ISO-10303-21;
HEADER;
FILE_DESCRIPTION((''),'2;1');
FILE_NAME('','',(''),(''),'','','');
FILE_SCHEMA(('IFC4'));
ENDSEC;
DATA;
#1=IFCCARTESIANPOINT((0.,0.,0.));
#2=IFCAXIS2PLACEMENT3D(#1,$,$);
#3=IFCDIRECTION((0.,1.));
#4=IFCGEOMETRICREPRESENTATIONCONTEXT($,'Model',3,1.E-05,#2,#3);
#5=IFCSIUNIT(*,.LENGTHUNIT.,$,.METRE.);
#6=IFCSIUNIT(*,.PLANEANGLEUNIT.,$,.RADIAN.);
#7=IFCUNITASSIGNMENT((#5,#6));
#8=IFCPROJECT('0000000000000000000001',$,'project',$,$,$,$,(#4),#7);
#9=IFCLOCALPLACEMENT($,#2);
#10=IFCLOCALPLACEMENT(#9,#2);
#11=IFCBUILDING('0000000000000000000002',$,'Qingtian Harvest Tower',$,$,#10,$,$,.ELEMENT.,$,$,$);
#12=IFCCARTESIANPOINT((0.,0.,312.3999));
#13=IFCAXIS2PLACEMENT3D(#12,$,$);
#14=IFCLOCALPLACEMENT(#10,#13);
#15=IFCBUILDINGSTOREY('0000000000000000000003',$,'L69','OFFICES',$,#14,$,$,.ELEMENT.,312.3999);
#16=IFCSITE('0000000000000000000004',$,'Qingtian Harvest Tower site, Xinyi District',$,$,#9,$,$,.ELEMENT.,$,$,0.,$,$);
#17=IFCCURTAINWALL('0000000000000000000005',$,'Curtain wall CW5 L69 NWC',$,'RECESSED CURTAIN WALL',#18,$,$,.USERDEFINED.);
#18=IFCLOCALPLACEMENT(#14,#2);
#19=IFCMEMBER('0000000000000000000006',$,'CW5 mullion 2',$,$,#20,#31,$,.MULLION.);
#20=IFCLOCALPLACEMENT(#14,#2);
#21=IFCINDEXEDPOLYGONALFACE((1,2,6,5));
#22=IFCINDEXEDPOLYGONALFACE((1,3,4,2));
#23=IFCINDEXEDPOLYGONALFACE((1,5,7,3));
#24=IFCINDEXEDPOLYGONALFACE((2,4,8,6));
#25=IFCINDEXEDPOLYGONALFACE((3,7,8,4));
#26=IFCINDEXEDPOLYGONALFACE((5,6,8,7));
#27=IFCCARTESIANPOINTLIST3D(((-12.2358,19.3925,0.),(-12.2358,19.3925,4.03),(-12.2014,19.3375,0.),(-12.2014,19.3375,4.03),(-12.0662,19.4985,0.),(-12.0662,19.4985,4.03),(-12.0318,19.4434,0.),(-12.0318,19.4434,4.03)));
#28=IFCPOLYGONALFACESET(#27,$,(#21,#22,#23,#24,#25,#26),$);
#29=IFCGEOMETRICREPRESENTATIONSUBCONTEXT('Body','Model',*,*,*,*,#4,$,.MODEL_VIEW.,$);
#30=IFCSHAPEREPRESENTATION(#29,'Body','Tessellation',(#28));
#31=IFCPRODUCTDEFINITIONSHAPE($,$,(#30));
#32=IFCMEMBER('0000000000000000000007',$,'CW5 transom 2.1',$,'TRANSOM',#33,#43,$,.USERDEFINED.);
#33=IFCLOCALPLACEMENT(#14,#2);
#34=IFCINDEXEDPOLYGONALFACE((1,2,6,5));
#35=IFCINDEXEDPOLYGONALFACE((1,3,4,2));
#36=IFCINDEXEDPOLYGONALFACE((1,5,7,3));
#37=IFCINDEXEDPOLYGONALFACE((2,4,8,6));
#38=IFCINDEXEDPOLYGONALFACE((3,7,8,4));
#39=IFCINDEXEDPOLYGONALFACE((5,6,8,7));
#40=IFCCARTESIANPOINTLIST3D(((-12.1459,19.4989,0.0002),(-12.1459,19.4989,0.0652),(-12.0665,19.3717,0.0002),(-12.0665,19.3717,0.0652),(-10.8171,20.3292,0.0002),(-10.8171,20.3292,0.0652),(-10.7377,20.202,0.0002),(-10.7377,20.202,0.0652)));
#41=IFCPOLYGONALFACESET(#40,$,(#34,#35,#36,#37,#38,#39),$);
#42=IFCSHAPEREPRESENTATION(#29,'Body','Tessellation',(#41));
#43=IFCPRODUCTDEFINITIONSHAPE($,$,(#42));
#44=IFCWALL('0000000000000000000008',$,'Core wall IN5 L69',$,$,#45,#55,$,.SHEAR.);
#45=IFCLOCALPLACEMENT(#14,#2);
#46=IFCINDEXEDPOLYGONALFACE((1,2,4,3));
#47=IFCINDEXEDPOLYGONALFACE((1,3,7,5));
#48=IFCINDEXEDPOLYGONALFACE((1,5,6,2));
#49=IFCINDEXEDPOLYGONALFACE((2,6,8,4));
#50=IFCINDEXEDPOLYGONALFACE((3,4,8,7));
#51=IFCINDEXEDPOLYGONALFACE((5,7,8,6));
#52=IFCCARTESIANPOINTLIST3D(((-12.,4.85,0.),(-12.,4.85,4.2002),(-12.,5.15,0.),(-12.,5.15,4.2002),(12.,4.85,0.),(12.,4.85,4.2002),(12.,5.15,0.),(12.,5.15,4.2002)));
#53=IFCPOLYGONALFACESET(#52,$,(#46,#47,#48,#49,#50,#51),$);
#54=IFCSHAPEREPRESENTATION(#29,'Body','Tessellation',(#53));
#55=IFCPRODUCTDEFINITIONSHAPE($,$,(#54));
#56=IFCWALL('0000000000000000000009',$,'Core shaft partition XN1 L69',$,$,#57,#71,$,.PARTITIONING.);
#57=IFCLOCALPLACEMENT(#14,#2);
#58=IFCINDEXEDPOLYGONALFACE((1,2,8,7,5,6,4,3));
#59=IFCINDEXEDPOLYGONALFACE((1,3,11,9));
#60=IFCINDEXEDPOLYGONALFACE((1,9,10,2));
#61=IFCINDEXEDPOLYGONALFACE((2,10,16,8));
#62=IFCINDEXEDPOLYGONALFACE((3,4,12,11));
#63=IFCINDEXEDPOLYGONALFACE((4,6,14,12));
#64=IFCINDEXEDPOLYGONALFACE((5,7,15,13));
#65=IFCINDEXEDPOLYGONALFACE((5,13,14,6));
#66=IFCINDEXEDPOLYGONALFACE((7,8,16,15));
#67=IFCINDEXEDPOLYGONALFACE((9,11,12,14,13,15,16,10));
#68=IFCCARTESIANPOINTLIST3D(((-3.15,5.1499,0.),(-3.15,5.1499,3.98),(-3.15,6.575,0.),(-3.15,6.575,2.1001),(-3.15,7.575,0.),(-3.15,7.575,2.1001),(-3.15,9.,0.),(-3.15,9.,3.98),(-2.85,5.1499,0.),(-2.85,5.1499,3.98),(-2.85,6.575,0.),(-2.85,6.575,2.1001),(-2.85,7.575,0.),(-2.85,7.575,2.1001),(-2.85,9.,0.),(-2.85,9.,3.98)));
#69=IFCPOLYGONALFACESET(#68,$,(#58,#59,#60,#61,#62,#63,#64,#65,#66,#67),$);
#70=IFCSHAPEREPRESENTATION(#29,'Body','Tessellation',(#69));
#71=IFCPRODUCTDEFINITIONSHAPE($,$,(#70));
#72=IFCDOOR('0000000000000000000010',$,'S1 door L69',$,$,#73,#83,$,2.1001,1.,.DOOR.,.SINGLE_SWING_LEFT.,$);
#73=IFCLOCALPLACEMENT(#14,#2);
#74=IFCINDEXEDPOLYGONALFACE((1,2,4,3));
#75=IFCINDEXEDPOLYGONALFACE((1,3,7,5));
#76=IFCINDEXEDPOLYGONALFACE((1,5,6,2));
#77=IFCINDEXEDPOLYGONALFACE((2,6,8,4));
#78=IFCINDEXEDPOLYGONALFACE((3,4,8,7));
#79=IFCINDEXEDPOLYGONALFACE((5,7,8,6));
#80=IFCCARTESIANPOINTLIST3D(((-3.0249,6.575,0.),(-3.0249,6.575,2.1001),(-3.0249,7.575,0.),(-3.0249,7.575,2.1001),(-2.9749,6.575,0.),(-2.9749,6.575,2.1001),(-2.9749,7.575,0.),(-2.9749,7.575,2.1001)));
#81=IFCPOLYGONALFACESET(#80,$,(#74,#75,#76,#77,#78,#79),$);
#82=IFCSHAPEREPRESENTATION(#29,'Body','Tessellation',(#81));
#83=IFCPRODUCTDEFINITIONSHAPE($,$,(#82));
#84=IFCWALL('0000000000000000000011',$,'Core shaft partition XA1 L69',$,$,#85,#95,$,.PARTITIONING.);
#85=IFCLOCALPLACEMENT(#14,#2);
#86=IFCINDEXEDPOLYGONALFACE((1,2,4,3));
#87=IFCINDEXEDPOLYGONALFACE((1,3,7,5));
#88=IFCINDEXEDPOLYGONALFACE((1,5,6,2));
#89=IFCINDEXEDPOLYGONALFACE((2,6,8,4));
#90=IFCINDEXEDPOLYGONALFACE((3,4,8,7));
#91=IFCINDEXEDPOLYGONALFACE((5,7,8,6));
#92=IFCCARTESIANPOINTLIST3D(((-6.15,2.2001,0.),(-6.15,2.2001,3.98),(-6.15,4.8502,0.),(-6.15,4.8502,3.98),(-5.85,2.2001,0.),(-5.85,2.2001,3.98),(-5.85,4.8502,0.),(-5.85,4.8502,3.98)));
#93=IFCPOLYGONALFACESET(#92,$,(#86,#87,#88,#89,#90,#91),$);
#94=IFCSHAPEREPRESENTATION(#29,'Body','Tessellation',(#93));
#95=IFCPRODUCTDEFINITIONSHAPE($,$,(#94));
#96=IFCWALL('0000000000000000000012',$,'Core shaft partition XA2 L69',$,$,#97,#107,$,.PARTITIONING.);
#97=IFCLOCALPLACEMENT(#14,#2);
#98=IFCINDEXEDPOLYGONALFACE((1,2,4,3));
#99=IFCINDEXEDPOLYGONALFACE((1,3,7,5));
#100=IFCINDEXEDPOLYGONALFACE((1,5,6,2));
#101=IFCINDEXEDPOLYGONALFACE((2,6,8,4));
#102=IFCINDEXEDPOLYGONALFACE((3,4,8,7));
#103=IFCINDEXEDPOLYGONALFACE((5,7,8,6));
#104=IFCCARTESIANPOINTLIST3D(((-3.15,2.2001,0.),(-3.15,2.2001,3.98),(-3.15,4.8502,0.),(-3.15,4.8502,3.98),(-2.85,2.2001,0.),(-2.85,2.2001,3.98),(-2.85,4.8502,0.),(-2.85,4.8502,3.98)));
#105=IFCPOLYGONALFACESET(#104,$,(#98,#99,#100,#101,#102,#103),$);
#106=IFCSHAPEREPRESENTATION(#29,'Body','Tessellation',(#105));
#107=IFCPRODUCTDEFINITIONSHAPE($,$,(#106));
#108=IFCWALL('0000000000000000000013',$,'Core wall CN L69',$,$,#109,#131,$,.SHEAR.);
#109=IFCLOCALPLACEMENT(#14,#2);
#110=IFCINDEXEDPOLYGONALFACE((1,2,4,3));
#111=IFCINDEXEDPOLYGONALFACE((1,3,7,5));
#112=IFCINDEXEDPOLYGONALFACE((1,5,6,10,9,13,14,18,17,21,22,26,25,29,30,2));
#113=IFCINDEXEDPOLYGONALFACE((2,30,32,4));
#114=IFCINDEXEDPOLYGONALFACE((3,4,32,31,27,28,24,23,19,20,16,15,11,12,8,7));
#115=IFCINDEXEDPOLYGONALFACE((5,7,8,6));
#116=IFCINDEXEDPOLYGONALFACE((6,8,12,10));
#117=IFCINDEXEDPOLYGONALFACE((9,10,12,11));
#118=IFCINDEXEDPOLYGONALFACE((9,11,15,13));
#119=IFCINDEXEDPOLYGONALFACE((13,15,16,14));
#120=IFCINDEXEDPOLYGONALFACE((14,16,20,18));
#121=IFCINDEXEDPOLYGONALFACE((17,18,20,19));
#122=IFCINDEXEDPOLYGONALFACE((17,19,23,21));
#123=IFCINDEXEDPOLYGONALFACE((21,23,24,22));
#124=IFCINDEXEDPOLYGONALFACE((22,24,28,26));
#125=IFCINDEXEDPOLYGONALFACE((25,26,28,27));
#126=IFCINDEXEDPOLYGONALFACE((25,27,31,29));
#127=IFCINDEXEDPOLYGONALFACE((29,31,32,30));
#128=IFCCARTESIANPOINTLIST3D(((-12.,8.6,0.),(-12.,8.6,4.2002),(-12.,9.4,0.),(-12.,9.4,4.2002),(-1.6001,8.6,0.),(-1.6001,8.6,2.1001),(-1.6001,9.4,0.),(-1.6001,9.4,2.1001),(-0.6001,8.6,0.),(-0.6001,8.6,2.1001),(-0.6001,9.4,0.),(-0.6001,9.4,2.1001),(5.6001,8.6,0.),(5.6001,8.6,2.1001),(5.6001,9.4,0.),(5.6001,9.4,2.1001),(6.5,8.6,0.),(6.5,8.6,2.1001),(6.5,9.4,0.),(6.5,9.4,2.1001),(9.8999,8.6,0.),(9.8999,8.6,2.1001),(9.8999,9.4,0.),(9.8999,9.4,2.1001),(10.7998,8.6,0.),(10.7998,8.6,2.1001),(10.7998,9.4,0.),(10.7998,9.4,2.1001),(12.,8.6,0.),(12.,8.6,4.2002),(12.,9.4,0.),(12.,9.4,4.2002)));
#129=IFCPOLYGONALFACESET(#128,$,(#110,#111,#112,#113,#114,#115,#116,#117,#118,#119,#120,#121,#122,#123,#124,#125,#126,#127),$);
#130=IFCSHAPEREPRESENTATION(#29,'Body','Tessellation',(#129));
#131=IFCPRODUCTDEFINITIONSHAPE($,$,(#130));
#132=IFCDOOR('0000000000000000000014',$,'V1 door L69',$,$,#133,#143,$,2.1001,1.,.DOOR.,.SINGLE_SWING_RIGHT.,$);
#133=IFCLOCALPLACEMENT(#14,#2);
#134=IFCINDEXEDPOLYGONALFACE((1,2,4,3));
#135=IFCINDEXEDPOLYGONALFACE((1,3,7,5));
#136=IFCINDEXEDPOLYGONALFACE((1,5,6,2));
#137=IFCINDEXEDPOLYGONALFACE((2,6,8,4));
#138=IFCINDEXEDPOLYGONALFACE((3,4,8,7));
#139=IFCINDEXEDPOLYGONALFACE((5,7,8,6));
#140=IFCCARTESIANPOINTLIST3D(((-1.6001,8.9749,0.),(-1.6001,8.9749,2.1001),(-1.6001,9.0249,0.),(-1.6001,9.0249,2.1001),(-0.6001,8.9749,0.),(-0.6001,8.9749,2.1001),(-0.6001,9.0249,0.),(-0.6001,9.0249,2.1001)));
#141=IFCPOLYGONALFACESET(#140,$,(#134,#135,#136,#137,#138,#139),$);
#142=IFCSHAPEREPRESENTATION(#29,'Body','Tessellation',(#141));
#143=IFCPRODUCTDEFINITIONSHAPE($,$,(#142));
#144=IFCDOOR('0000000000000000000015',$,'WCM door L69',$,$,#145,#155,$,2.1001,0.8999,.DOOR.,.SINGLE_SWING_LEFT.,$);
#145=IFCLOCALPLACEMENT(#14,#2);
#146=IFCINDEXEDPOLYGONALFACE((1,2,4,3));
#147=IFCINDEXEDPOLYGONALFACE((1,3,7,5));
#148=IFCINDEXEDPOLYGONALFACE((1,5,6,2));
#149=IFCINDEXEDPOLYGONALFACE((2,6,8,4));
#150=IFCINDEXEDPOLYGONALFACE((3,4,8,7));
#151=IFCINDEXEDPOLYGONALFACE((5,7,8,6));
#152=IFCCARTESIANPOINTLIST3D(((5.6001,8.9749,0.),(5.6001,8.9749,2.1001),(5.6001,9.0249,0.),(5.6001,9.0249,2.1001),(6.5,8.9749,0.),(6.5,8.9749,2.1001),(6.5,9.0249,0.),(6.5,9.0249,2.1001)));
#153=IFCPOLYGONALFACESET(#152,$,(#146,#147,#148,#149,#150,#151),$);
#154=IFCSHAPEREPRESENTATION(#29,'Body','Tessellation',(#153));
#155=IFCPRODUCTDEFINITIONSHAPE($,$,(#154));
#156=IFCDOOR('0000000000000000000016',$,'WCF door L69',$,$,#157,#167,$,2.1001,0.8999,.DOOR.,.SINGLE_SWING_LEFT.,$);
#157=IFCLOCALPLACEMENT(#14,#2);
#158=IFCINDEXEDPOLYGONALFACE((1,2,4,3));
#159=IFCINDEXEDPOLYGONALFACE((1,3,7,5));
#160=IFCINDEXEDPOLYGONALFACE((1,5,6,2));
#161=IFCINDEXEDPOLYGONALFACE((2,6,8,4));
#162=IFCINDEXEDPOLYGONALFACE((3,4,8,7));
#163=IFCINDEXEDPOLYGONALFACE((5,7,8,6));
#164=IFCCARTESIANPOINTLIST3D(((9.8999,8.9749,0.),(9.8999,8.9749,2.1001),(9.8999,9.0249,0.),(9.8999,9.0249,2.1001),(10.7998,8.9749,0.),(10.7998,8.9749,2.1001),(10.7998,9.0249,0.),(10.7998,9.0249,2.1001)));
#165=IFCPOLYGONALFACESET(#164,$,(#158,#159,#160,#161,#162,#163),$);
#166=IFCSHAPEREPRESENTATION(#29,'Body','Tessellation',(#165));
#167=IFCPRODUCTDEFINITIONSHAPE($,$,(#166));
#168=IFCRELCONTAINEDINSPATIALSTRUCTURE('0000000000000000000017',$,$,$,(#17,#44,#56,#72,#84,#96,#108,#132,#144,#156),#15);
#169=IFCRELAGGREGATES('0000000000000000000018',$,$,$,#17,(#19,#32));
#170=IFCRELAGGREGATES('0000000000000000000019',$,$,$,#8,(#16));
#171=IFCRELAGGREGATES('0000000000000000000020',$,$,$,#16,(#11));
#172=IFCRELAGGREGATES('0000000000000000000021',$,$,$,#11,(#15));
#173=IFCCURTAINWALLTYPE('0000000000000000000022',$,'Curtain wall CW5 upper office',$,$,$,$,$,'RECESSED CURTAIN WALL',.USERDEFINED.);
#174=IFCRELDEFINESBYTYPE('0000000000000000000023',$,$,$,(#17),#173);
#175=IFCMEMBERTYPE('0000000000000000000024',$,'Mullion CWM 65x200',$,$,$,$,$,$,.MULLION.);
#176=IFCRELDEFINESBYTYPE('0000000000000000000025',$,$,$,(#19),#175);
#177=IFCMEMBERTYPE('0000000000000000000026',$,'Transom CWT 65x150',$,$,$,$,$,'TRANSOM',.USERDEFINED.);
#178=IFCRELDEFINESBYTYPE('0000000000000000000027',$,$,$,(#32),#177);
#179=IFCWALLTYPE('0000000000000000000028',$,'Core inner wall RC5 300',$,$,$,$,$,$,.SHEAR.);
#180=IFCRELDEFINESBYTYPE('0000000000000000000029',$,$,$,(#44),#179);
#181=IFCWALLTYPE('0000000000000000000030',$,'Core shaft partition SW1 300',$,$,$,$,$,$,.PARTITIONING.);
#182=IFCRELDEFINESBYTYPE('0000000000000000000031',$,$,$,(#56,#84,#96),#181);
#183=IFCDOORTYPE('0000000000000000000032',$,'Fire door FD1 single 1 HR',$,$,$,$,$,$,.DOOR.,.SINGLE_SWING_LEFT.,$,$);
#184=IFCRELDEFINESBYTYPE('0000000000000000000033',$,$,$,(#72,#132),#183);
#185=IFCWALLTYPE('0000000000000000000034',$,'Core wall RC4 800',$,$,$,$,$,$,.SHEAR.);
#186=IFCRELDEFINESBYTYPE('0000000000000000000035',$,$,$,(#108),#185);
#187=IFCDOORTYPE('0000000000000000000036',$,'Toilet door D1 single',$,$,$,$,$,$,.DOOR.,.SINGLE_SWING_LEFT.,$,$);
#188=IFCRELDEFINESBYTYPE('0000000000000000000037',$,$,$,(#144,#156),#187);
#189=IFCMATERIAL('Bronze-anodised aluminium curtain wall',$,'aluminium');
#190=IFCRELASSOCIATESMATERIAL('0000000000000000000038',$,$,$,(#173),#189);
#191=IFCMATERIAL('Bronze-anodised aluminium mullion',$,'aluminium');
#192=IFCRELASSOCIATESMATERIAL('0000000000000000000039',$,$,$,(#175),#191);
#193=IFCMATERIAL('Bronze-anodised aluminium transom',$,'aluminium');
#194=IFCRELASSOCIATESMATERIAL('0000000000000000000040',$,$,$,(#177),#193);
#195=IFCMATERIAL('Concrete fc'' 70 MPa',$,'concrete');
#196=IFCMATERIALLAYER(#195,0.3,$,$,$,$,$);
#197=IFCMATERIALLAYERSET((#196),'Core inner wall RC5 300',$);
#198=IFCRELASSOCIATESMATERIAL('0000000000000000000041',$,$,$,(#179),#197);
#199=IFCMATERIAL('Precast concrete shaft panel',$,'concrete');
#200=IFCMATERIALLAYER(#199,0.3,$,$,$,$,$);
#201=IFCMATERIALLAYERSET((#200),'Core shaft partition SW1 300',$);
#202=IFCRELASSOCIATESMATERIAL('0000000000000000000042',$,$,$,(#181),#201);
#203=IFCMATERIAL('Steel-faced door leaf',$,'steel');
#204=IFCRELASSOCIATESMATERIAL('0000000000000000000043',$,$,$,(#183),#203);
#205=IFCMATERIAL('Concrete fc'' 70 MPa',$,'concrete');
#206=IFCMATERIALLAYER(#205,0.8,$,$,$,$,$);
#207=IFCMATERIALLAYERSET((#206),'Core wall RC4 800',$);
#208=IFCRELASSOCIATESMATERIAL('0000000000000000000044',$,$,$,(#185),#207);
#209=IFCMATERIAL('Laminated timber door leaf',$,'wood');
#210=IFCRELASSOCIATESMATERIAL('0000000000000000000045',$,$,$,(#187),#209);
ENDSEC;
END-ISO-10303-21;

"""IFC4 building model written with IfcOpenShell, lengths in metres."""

from ifc_helpers import new_model, si_unit, direction, frame, frame_2d, origin, origin_2d, place, context, subcontext, project, spatial, rectangle, extrude, material, layer, layer_set, material_profile, profile_set, type_object, element, fill, aggregate, save


model = new_model("IFC4")

# Units and contexts
model_context = context("Model", 3, precision=1e-05, world=origin(), true_north=direction((0.0, 1.0)))
body_context = subcontext(model_context, "Body", "Model", "MODEL_VIEW")
ifc_project = project(units=[si_unit("LENGTHUNIT", "METRE"), si_unit("PLANEANGLEUNIT", "RADIAN")], contexts=[model_context])

# Site, building, storey
site_placement = place(None, origin())
site = spatial("IfcSite", under=ifc_project, at=site_placement, Name="Qingtian Harvest Tower site, Xinyi District", CompositionType="ELEMENT", RefElevation=0.0)
building_placement = place(site_placement, origin())
building = spatial("IfcBuilding", under=site, at=building_placement, Name="Qingtian Harvest Tower", CompositionType="ELEMENT")
storey_placement = place(building_placement, frame((0.0, 0.0, 312.3999)))
storey = spatial("IfcBuildingStorey", under=building, at=storey_placement, Name="L69", Description="OFFICES", CompositionType="ELEMENT", Elevation=312.3999)

# Curtain wall, members
ifc_material_1 = material(Name="Bronze-anodised aluminium curtain wall", Category="aluminium")
curtain_wall_type = type_object("IfcCurtainWallType", Name="Curtain wall CW5 upper office", ElementType="RECESSED CURTAIN WALL", PredefinedType="USERDEFINED", material=ifc_material_1)
curtain_wall_placement = place(storey_placement, origin())
curtain_wall = element("IfcCurtainWall", 1, at=curtain_wall_placement, inside=storey, type_object=curtain_wall_type, Name="Curtain wall CW5 L69 NWC", ObjectType="RECESSED CURTAIN WALL", PredefinedType="USERDEFINED")
ifc_material_2 = material(Name="Bronze-anodised aluminium mullion", Category="aluminium")
ifc_material_profile_1 = material_profile(ifc_material_2, rectangle(XDim=0.0649, YDim=0.2, at=origin_2d()), Name="AL 65x200")
ifc_profile_set_1 = profile_set([ifc_material_profile_1], Name="Bronze-anodised aluminium mullion")
member_type_1 = type_object("IfcMemberType", Name="Mullion CWM 65x200", PredefinedType="MULLION", material=ifc_profile_set_1)
member_1_placement = place(storey_placement, frame((-12.1338, 19.418, 0.0), z_axis=(0.0, 0.0, 1.0), x_axis=(-0.529919, 0.848048, 0.0)))
member_1 = element("IfcMember", 2, at=member_1_placement, type_object=member_type_1, Name="CW5 mullion 2", PredefinedType="MULLION", context=body_context, shape_type="SweptSolid", body=[
    extrude(rectangle(XDim=0.0649, YDim=0.2, at=origin_2d()), origin(), (0.0, 0.0, 1.0), 4.03),
])
ifc_material_3 = material(Name="Bronze-anodised aluminium transom", Category="aluminium")
ifc_material_profile_2 = material_profile(ifc_material_3, rectangle(XDim=0.1499, YDim=0.0649, at=origin_2d()), Name="AL 65x150")
ifc_profile_set_2 = profile_set([ifc_material_profile_2], Name="Bronze-anodised aluminium transom")
member_type_2 = type_object("IfcMemberType", Name="Transom CWT 65x150", ElementType="TRANSOM", PredefinedType="USERDEFINED", material=ifc_profile_set_2)
member_2_placement = place(storey_placement, frame((-12.1062, 19.4353, 0.0327), z_axis=(0.84806, 0.529901, 0.0), x_axis=(-0.529901, 0.84806, 0.0)))
member_2 = element("IfcMember", 3, at=member_2_placement, type_object=member_type_2, Name="CW5 transom 2.1", ObjectType="TRANSOM", PredefinedType="USERDEFINED", context=body_context, shape_type="SweptSolid", body=[
    extrude(rectangle(XDim=0.1499, YDim=0.0649, at=origin_2d()), origin(), (0.0, 0.0, 1.0), 1.5669),
])
aggregate(curtain_wall, [member_1, member_2])

# Wall
ifc_material_4 = material(Name="Concrete fc' 70 MPa", Category="concrete")
ifc_layer_1 = layer(ifc_material_4, 0.3)
ifc_layer_set_1 = layer_set([ifc_layer_1], Name="Core inner wall RC5 300")
wall_type_1 = type_object("IfcWallType", Name="Core inner wall RC5 300", PredefinedType="SHEAR", material=ifc_layer_set_1)
wall_1_placement = place(storey_placement, frame((-12.0, 5.0, 0.0), z_axis=(0.0, 0.0, 1.0), x_axis=(1.0, 0.0, 0.0)))
element("IfcWall", 4, at=wall_1_placement, inside=storey, type_object=wall_type_1, Name="Core wall IN5 L69", PredefinedType="SHEAR", context=body_context, shape_type="SweptSolid", body=[
    extrude(rectangle(XDim=24.0, YDim=0.3, at=frame_2d((12.0, 0.0))), origin(), (0.0, 0.0, 1.0), 4.2002),
])

# Wall, opening, door
ifc_material_5 = material(Name="Precast concrete shaft panel", Category="concrete")
ifc_layer_2 = layer(ifc_material_5, 0.3)
ifc_layer_set_2 = layer_set([ifc_layer_2], Name="Core shaft partition SW1 300")
wall_type_2 = type_object("IfcWallType", Name="Core shaft partition SW1 300", PredefinedType="PARTITIONING", material=ifc_layer_set_2)
wall_2_placement = place(storey_placement, frame((-3.0, 5.1499, 0.0), z_axis=(0.0, 0.0, 1.0), x_axis=(0.0, 1.0, 0.0)))
wall_2 = element("IfcWall", 5, at=wall_2_placement, inside=storey, type_object=wall_type_2, Name="Core shaft partition XN1 L69", PredefinedType="PARTITIONING", context=body_context, shape_type="SweptSolid", body=[
    extrude(rectangle(XDim=3.8501, YDim=0.3, at=frame_2d((1.925, 0.0))), origin(), (0.0, 0.0, 1.0), 3.98),
])
opening_1_placement = place(wall_2_placement, frame((1.425, 0.0, 0.0)))
opening_1 = element("IfcOpeningElement", 6, at=opening_1_placement, cuts=wall_2, PredefinedType="OPENING", context=body_context, shape_type="SweptSolid", body=[
    extrude(rectangle(XDim=1.0, YDim=2.1001, at=frame_2d((0.5, 1.05))), frame((0.0, 0.1599, 0.0), z_axis=(0.0, -1.0, 0.0), x_axis=(1.0, 0.0, 0.0)), (0.0, 0.0, 1.0), 0.3201),
])
ifc_material_6 = material(Name="Steel-faced door leaf", Category="steel")
door_type_1 = type_object("IfcDoorType", Name="Fire door FD1 single 1 HR", OperationType="SINGLE_SWING_LEFT", PredefinedType="DOOR", material=ifc_material_6)
door_1_placement = place(opening_1_placement, origin())
door_1 = element("IfcDoor", 7, at=door_1_placement, inside=storey, type_object=door_type_1, Name="S1 door L69", OperationType="SINGLE_SWING_LEFT", OverallHeight=2.1001, OverallWidth=1.0, PredefinedType="DOOR", context=body_context, shape_type="SweptSolid", body=[
    extrude(rectangle(XDim=1.0, YDim=2.1001, at=frame_2d((0.5, 1.05))), frame((0.0, 0.0249, 0.0), z_axis=(0.0, -1.0, 0.0), x_axis=(1.0, 0.0, 0.0)), (0.0, 0.0, 1.0), 0.05),
])
fill(opening_1, door_1)

# Walls
for number, where, z_axis, x_axis, name in (
    (8, (-6.0, 2.2, 0.0), (0.0, 0.0, 1.0), (0.0, 1.0, 0.0), "Core shaft partition XA1 L69"),
    (9, (-3.0, 2.2, 0.0), (0.0, 0.0, 1.0), (0.0, 1.0, 0.0), "Core shaft partition XA2 L69"),
):
    element("IfcWall", number, at=place(storey_placement, frame(where, z_axis=z_axis, x_axis=x_axis)), inside=storey, type_object=wall_type_2, Name=name, PredefinedType="PARTITIONING", context=body_context, shape_type="SweptSolid", body=[
        extrude(rectangle(XDim=2.6501, YDim=0.3, at=frame_2d((1.3252, 0.0))), origin(), (0.0, 0.0, 1.0), 3.98),
    ])

# Wall, openings, doors
ifc_material_7 = material(Name="Concrete fc' 70 MPa", Category="concrete")
ifc_layer_3 = layer(ifc_material_7, 0.8)
ifc_layer_set_3 = layer_set([ifc_layer_3], Name="Core wall RC4 800")
wall_type_3 = type_object("IfcWallType", Name="Core wall RC4 800", PredefinedType="SHEAR", material=ifc_layer_set_3)
wall_3_placement = place(storey_placement, frame((-12.0, 9.0, 0.0), z_axis=(0.0, 0.0, 1.0), x_axis=(1.0, 0.0, 0.0)))
wall_3 = element("IfcWall", 10, at=wall_3_placement, inside=storey, type_object=wall_type_3, Name="Core wall CN L69", PredefinedType="SHEAR", context=body_context, shape_type="SweptSolid", body=[
    extrude(rectangle(XDim=24.0, YDim=0.8, at=frame_2d((12.0, 0.0))), origin(), (0.0, 0.0, 1.0), 4.2002),
])
opening_2_placement = place(wall_3_placement, frame((10.3999, 0.0, 0.0)))
opening_2 = element("IfcOpeningElement", 11, at=opening_2_placement, cuts=wall_3, PredefinedType="OPENING", context=body_context, shape_type="SweptSolid", body=[
    extrude(rectangle(XDim=1.0, YDim=2.1001, at=frame_2d((0.5, 1.05))), frame((0.0, 0.4099, 0.0), z_axis=(0.0, -1.0, 0.0), x_axis=(1.0, 0.0, 0.0)), (0.0, 0.0, 1.0), 0.8201),
])
opening_3_placement = place(wall_3_placement, frame((17.6001, 0.0, 0.0)))
opening_3 = element("IfcOpeningElement", 12, at=opening_3_placement, cuts=wall_3, PredefinedType="OPENING", context=body_context, shape_type="SweptSolid", body=[
    extrude(rectangle(XDim=0.8999, YDim=2.1001, at=frame_2d((0.45, 1.05))), frame((0.0, 0.4099, 0.0), z_axis=(0.0, -1.0, 0.0), x_axis=(1.0, 0.0, 0.0)), (0.0, 0.0, 1.0), 0.8201),
])
opening_4_placement = place(wall_3_placement, frame((21.8999, 0.0, 0.0)))
opening_4 = element("IfcOpeningElement", 13, at=opening_4_placement, cuts=wall_3, PredefinedType="OPENING", context=body_context, shape_type="SweptSolid", body=[
    extrude(rectangle(XDim=0.8999, YDim=2.1001, at=frame_2d((0.45, 1.05))), frame((0.0, 0.4099, 0.0), z_axis=(0.0, -1.0, 0.0), x_axis=(1.0, 0.0, 0.0)), (0.0, 0.0, 1.0), 0.8201),
])
door_2_placement = place(opening_2_placement, origin())
door_2 = element("IfcDoor", 14, at=door_2_placement, inside=storey, type_object=door_type_1, Name="V1 door L69", OperationType="SINGLE_SWING_RIGHT", OverallHeight=2.1001, OverallWidth=1.0, PredefinedType="DOOR", context=body_context, shape_type="SweptSolid", body=[
    extrude(rectangle(XDim=1.0, YDim=2.1001, at=frame_2d((0.5, 1.05))), frame((0.0, 0.0249, 0.0), z_axis=(0.0, -1.0, 0.0), x_axis=(1.0, 0.0, 0.0)), (0.0, 0.0, 1.0), 0.05),
])
fill(opening_2, door_2)
ifc_material_8 = material(Name="Laminated timber door leaf", Category="wood")
door_type_2 = type_object("IfcDoorType", Name="Toilet door D1 single", OperationType="SINGLE_SWING_LEFT", PredefinedType="DOOR", material=ifc_material_8)
door_3_placement = place(opening_3_placement, origin())
door_3 = element("IfcDoor", 15, at=door_3_placement, inside=storey, type_object=door_type_2, Name="WCM door L69", OperationType="SINGLE_SWING_LEFT", OverallHeight=2.1001, OverallWidth=0.8999, PredefinedType="DOOR", context=body_context, shape_type="SweptSolid", body=[
    extrude(rectangle(XDim=0.8999, YDim=2.1001, at=frame_2d((0.45, 1.05))), frame((0.0, 0.0249, 0.0), z_axis=(0.0, -1.0, 0.0), x_axis=(1.0, 0.0, 0.0)), (0.0, 0.0, 1.0), 0.05),
])
fill(opening_3, door_3)
door_4_placement = place(opening_4_placement, origin())
door_4 = element("IfcDoor", 16, at=door_4_placement, inside=storey, type_object=door_type_2, Name="WCF door L69", OperationType="SINGLE_SWING_LEFT", OverallHeight=2.1001, OverallWidth=0.8999, PredefinedType="DOOR", context=body_context, shape_type="SweptSolid", body=[
    extrude(rectangle(XDim=0.8999, YDim=2.1001, at=frame_2d((0.45, 1.05))), frame((0.0, 0.0249, 0.0), z_axis=(0.0, -1.0, 0.0), x_axis=(1.0, 0.0, 0.0)), (0.0, 0.0, 1.0), 0.05),
])
fill(opening_4, door_4)

save(model, "model.ifc")
